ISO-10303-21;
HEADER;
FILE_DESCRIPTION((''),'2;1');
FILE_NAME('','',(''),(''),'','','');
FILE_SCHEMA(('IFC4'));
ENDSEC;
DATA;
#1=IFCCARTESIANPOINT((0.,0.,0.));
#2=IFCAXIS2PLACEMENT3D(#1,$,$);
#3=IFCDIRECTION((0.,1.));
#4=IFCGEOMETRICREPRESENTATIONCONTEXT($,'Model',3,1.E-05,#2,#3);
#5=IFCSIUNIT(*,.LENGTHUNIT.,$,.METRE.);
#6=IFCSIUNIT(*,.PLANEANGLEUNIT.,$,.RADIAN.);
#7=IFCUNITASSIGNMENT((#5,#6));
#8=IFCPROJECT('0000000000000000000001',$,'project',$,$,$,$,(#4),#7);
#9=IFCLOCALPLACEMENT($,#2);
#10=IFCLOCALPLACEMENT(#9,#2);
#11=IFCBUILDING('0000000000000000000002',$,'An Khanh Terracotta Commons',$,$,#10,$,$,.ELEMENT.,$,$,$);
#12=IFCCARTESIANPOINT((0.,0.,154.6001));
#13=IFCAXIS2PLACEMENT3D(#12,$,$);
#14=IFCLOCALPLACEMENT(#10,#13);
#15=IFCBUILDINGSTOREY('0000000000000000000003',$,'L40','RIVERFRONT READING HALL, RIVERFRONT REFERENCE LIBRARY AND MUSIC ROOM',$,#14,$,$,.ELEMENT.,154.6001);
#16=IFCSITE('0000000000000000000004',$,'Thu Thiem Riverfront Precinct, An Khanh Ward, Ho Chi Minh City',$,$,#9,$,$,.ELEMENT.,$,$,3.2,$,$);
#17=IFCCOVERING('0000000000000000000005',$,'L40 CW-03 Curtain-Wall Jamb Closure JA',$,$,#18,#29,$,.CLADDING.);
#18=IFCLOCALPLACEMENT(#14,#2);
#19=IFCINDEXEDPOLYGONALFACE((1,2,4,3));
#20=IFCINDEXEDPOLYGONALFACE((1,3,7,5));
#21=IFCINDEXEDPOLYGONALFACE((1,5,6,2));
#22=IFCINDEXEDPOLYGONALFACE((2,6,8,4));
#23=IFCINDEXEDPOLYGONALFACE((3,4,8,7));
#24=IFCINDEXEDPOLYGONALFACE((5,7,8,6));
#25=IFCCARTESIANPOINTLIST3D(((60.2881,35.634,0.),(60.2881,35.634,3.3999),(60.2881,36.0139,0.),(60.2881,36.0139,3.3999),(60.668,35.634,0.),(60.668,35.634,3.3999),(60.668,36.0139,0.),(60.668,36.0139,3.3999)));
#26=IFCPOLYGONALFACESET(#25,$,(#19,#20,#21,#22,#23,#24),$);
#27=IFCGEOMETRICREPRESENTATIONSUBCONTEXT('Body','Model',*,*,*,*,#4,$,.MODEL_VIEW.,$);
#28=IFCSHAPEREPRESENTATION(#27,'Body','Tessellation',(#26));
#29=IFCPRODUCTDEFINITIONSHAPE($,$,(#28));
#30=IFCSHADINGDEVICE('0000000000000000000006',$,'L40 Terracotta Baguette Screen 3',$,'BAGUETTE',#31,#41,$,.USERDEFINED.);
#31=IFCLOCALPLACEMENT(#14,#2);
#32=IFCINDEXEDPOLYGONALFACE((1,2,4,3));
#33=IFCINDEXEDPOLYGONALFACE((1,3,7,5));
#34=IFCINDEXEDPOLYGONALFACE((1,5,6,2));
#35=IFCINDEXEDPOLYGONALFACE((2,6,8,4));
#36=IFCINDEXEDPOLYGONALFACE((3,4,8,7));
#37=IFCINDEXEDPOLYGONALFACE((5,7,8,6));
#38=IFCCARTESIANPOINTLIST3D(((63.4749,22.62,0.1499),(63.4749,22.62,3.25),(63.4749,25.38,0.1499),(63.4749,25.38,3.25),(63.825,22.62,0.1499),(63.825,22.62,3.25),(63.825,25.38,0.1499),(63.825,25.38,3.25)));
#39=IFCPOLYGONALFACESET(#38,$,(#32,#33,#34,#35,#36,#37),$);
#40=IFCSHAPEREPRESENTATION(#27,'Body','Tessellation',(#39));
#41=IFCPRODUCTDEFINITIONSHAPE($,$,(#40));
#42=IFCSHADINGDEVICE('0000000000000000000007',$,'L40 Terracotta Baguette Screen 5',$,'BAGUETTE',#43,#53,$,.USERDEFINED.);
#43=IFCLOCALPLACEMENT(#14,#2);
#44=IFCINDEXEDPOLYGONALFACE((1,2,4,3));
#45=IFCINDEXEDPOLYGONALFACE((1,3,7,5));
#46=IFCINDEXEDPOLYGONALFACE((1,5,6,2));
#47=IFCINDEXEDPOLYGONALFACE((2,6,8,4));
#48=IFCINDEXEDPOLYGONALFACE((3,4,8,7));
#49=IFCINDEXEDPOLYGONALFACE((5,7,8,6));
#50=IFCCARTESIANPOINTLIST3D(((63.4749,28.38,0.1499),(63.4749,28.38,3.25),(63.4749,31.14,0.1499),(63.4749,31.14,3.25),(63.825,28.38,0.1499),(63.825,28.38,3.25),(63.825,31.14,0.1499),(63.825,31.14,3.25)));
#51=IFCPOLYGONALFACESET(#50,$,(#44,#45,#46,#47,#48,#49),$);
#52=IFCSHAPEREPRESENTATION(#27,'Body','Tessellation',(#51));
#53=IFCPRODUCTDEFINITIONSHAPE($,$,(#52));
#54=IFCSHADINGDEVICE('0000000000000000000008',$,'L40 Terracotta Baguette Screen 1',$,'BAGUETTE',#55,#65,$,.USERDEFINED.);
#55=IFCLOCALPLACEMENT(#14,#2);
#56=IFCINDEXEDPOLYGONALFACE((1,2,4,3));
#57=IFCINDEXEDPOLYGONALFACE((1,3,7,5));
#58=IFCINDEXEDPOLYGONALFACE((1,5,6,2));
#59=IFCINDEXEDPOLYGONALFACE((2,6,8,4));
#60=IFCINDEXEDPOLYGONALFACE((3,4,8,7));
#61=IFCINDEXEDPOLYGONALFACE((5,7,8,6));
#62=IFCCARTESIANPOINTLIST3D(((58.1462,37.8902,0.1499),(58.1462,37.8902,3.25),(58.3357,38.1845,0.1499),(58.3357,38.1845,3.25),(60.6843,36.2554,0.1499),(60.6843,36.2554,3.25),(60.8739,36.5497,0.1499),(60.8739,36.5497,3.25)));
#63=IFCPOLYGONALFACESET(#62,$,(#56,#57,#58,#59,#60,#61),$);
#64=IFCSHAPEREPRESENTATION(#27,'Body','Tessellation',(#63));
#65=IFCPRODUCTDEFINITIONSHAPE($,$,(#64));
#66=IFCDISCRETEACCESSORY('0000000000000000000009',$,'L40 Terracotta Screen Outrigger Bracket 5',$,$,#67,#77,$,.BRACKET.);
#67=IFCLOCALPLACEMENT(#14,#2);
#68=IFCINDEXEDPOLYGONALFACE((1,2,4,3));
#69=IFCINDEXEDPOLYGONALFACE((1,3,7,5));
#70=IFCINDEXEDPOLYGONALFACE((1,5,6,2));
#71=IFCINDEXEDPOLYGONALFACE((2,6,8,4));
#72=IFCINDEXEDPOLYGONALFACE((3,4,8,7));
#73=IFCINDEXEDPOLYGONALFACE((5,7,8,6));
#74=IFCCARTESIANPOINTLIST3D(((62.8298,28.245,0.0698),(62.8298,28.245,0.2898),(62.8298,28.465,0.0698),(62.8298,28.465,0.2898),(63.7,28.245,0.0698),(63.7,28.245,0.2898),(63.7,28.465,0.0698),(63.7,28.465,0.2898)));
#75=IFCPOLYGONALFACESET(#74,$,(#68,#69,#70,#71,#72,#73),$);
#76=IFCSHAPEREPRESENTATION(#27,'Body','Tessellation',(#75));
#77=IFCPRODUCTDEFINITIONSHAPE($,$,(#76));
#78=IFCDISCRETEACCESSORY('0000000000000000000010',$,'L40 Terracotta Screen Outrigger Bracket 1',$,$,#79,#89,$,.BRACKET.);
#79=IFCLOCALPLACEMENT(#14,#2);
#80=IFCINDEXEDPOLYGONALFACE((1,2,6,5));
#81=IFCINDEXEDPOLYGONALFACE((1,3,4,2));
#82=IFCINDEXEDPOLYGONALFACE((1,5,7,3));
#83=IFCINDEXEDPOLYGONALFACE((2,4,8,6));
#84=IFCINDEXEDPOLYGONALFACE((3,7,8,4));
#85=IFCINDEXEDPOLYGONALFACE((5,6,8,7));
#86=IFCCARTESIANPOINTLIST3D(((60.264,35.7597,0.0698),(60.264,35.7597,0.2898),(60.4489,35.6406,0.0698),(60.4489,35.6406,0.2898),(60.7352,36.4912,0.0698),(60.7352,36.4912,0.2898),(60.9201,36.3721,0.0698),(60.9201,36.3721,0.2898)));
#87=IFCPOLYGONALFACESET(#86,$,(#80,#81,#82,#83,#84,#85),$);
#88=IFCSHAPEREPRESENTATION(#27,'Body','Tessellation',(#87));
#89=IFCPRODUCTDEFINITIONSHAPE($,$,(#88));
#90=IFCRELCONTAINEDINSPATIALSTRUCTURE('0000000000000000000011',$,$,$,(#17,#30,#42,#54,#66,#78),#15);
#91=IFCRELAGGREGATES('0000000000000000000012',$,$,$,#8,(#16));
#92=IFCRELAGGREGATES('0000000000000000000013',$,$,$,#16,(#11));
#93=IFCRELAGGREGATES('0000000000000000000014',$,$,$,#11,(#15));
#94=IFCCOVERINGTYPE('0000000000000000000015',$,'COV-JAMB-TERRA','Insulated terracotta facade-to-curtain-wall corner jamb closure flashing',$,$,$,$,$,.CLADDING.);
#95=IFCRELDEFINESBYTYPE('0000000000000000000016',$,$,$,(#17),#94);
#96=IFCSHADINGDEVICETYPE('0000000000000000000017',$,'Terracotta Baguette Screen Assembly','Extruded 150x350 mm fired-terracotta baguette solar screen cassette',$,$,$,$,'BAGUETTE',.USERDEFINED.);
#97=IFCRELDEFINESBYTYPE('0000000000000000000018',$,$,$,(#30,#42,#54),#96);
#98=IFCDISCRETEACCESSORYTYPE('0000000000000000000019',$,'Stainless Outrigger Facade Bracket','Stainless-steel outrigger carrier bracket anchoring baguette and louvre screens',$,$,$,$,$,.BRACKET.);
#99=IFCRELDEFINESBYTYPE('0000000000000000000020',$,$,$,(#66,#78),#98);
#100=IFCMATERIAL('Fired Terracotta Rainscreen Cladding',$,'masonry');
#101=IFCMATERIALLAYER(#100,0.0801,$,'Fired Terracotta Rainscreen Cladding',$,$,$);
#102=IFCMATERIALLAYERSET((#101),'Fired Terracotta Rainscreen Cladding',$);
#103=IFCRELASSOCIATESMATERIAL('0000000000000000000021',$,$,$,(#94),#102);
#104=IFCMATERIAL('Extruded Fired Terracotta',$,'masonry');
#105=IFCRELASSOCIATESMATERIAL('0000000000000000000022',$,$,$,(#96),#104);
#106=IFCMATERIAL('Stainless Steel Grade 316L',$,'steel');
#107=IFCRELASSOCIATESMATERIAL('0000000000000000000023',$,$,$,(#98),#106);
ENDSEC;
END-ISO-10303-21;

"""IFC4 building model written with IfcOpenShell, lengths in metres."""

from ifc_helpers import new_model, si_unit, direction, frame, origin, origin_2d, place, context, subcontext, project, spatial, rectangle, extrude, material, layer, layer_set, type_object, element, save


model = new_model("IFC4")

# Units and contexts
model_context = context("Model", 3, precision=1e-05, world=origin(), true_north=direction((0.0, 1.0)))
body_context = subcontext(model_context, "Body", "Model", "MODEL_VIEW")
ifc_project = project(units=[si_unit("LENGTHUNIT", "METRE"), si_unit("PLANEANGLEUNIT", "RADIAN")], contexts=[model_context])

# Site, building, storey
site_placement = place(None, origin())
site = spatial("IfcSite", under=ifc_project, at=site_placement, Name="Thu Thiem Riverfront Precinct, An Khanh Ward, Ho Chi Minh City", CompositionType="ELEMENT", RefElevation=3.2)
building_placement = place(site_placement, origin())
building = spatial("IfcBuilding", under=site, at=building_placement, Name="An Khanh Terracotta Commons", CompositionType="ELEMENT")
storey_placement = place(building_placement, frame((0.0, 0.0, 154.6001)))
storey = spatial("IfcBuildingStorey", under=building, at=storey_placement, Name="L40", Description="RIVERFRONT READING HALL, RIVERFRONT REFERENCE LIBRARY AND MUSIC ROOM", CompositionType="ELEMENT", Elevation=154.6001)

# Covering
ifc_material_1 = material(Name="Fired Terracotta Rainscreen Cladding", Category="masonry")
ifc_layer_1 = layer(ifc_material_1, 0.0801, Name="Fired Terracotta Rainscreen Cladding")
ifc_layer_set_1 = layer_set([ifc_layer_1], Name="Fired Terracotta Rainscreen Cladding")
covering_type = type_object("IfcCoveringType", Name="COV-JAMB-TERRA", Description="Insulated terracotta facade-to-curtain-wall corner jamb closure flashing", PredefinedType="CLADDING", material=ifc_layer_set_1)
for number, where, z_axis, x_axis, name in (
    (1, (60.478, 35.824, 0.0), (0.0, 0.0, 1.0), (1.0, 0.0, 0.0), "L40 CW-03 Curtain-Wall Jamb Closure JA"),
):
    element("IfcCovering", number, at=place(storey_placement, frame(where, z_axis=z_axis, x_axis=x_axis)), inside=storey, type_object=covering_type, Name=name, PredefinedType="CLADDING", context=body_context, shape_type="SweptSolid", body=[
        extrude(rectangle(XDim=0.3799, YDim=0.3799, at=origin_2d()), origin(), (0.0, 0.0, 1.0), 3.3999),
    ])

# Shading devices
ifc_material_2 = material(Name="Extruded Fired Terracotta", Category="masonry")
shading_device_type = type_object("IfcShadingDeviceType", Name="Terracotta Baguette Screen Assembly", Description="Extruded 150x350 mm fired-terracotta baguette solar screen cassette", ElementType="BAGUETTE", PredefinedType="USERDEFINED", material=ifc_material_2)
for number, where, z_axis, x_axis, name in (
    (2, (63.6499, 24.0, 0.1499), (0.0, 0.0, 1.0), (0.0, 1.0, 0.0), "L40 Terracotta Baguette Screen 3"),
    (3, (63.6499, 29.76, 0.1499), (0.0, 0.0, 1.0), (0.0, 1.0, 0.0), "L40 Terracotta Baguette Screen 5"),
):
    element("IfcShadingDevice", number, at=place(storey_placement, frame(where, z_axis=z_axis, x_axis=x_axis)), inside=storey, type_object=shading_device_type, Name=name, ObjectType="BAGUETTE", PredefinedType="USERDEFINED", context=body_context, shape_type="SweptSolid", body=[
        extrude(rectangle(XDim=2.76, YDim=0.3501, at=origin_2d()), origin(), (0.0, 0.0, 1.0), 3.1001),
    ])
shading_device_placement = place(storey_placement, frame((59.51, 37.22, 0.1499), z_axis=(0.0, 0.0, 1.0), x_axis=(-0.840702, 0.541498, 0.0)))
element("IfcShadingDevice", 4, at=shading_device_placement, inside=storey, type_object=shading_device_type, Name="L40 Terracotta Baguette Screen 1", ObjectType="BAGUETTE", PredefinedType="USERDEFINED", context=body_context, shape_type="SweptSolid", body=[
    extrude(rectangle(XDim=3.019, YDim=0.3501, at=origin_2d()), origin(), (0.0, 0.0, 1.0), 3.1001),
])

# Discrete accessories
ifc_material_3 = material(Name="Stainless Steel Grade 316L", Category="steel")
discrete_accessory_type = type_object("IfcDiscreteAccessoryType", Name="Stainless Outrigger Facade Bracket", Description="Stainless-steel outrigger carrier bracket anchoring baguette and louvre screens", PredefinedType="BRACKET", material=ifc_material_3)
for number, where, z_axis, x_axis, name in (
    (5, (63.2649, 28.355, 0.0698), (0.0, 0.0, 1.0), (0.0, 1.0, 0.0), "L40 Terracotta Screen Outrigger Bracket 5"),
    (6, (60.592, 36.0659, 0.0698), (0.0, 0.0, 1.0), (-0.840702, 0.541498, 0.0), "L40 Terracotta Screen Outrigger Bracket 1"),
):
    element("IfcDiscreteAccessory", number, at=place(storey_placement, frame(where, z_axis=z_axis, x_axis=x_axis)), inside=storey, type_object=discrete_accessory_type, Name=name, PredefinedType="BRACKET", context=body_context, shape_type="SweptSolid", body=[
        extrude(rectangle(XDim=0.22, YDim=0.8701, at=origin_2d()), origin(), (0.0, 0.0, 1.0), 0.22),
    ])

save(model, "model.ifc")
